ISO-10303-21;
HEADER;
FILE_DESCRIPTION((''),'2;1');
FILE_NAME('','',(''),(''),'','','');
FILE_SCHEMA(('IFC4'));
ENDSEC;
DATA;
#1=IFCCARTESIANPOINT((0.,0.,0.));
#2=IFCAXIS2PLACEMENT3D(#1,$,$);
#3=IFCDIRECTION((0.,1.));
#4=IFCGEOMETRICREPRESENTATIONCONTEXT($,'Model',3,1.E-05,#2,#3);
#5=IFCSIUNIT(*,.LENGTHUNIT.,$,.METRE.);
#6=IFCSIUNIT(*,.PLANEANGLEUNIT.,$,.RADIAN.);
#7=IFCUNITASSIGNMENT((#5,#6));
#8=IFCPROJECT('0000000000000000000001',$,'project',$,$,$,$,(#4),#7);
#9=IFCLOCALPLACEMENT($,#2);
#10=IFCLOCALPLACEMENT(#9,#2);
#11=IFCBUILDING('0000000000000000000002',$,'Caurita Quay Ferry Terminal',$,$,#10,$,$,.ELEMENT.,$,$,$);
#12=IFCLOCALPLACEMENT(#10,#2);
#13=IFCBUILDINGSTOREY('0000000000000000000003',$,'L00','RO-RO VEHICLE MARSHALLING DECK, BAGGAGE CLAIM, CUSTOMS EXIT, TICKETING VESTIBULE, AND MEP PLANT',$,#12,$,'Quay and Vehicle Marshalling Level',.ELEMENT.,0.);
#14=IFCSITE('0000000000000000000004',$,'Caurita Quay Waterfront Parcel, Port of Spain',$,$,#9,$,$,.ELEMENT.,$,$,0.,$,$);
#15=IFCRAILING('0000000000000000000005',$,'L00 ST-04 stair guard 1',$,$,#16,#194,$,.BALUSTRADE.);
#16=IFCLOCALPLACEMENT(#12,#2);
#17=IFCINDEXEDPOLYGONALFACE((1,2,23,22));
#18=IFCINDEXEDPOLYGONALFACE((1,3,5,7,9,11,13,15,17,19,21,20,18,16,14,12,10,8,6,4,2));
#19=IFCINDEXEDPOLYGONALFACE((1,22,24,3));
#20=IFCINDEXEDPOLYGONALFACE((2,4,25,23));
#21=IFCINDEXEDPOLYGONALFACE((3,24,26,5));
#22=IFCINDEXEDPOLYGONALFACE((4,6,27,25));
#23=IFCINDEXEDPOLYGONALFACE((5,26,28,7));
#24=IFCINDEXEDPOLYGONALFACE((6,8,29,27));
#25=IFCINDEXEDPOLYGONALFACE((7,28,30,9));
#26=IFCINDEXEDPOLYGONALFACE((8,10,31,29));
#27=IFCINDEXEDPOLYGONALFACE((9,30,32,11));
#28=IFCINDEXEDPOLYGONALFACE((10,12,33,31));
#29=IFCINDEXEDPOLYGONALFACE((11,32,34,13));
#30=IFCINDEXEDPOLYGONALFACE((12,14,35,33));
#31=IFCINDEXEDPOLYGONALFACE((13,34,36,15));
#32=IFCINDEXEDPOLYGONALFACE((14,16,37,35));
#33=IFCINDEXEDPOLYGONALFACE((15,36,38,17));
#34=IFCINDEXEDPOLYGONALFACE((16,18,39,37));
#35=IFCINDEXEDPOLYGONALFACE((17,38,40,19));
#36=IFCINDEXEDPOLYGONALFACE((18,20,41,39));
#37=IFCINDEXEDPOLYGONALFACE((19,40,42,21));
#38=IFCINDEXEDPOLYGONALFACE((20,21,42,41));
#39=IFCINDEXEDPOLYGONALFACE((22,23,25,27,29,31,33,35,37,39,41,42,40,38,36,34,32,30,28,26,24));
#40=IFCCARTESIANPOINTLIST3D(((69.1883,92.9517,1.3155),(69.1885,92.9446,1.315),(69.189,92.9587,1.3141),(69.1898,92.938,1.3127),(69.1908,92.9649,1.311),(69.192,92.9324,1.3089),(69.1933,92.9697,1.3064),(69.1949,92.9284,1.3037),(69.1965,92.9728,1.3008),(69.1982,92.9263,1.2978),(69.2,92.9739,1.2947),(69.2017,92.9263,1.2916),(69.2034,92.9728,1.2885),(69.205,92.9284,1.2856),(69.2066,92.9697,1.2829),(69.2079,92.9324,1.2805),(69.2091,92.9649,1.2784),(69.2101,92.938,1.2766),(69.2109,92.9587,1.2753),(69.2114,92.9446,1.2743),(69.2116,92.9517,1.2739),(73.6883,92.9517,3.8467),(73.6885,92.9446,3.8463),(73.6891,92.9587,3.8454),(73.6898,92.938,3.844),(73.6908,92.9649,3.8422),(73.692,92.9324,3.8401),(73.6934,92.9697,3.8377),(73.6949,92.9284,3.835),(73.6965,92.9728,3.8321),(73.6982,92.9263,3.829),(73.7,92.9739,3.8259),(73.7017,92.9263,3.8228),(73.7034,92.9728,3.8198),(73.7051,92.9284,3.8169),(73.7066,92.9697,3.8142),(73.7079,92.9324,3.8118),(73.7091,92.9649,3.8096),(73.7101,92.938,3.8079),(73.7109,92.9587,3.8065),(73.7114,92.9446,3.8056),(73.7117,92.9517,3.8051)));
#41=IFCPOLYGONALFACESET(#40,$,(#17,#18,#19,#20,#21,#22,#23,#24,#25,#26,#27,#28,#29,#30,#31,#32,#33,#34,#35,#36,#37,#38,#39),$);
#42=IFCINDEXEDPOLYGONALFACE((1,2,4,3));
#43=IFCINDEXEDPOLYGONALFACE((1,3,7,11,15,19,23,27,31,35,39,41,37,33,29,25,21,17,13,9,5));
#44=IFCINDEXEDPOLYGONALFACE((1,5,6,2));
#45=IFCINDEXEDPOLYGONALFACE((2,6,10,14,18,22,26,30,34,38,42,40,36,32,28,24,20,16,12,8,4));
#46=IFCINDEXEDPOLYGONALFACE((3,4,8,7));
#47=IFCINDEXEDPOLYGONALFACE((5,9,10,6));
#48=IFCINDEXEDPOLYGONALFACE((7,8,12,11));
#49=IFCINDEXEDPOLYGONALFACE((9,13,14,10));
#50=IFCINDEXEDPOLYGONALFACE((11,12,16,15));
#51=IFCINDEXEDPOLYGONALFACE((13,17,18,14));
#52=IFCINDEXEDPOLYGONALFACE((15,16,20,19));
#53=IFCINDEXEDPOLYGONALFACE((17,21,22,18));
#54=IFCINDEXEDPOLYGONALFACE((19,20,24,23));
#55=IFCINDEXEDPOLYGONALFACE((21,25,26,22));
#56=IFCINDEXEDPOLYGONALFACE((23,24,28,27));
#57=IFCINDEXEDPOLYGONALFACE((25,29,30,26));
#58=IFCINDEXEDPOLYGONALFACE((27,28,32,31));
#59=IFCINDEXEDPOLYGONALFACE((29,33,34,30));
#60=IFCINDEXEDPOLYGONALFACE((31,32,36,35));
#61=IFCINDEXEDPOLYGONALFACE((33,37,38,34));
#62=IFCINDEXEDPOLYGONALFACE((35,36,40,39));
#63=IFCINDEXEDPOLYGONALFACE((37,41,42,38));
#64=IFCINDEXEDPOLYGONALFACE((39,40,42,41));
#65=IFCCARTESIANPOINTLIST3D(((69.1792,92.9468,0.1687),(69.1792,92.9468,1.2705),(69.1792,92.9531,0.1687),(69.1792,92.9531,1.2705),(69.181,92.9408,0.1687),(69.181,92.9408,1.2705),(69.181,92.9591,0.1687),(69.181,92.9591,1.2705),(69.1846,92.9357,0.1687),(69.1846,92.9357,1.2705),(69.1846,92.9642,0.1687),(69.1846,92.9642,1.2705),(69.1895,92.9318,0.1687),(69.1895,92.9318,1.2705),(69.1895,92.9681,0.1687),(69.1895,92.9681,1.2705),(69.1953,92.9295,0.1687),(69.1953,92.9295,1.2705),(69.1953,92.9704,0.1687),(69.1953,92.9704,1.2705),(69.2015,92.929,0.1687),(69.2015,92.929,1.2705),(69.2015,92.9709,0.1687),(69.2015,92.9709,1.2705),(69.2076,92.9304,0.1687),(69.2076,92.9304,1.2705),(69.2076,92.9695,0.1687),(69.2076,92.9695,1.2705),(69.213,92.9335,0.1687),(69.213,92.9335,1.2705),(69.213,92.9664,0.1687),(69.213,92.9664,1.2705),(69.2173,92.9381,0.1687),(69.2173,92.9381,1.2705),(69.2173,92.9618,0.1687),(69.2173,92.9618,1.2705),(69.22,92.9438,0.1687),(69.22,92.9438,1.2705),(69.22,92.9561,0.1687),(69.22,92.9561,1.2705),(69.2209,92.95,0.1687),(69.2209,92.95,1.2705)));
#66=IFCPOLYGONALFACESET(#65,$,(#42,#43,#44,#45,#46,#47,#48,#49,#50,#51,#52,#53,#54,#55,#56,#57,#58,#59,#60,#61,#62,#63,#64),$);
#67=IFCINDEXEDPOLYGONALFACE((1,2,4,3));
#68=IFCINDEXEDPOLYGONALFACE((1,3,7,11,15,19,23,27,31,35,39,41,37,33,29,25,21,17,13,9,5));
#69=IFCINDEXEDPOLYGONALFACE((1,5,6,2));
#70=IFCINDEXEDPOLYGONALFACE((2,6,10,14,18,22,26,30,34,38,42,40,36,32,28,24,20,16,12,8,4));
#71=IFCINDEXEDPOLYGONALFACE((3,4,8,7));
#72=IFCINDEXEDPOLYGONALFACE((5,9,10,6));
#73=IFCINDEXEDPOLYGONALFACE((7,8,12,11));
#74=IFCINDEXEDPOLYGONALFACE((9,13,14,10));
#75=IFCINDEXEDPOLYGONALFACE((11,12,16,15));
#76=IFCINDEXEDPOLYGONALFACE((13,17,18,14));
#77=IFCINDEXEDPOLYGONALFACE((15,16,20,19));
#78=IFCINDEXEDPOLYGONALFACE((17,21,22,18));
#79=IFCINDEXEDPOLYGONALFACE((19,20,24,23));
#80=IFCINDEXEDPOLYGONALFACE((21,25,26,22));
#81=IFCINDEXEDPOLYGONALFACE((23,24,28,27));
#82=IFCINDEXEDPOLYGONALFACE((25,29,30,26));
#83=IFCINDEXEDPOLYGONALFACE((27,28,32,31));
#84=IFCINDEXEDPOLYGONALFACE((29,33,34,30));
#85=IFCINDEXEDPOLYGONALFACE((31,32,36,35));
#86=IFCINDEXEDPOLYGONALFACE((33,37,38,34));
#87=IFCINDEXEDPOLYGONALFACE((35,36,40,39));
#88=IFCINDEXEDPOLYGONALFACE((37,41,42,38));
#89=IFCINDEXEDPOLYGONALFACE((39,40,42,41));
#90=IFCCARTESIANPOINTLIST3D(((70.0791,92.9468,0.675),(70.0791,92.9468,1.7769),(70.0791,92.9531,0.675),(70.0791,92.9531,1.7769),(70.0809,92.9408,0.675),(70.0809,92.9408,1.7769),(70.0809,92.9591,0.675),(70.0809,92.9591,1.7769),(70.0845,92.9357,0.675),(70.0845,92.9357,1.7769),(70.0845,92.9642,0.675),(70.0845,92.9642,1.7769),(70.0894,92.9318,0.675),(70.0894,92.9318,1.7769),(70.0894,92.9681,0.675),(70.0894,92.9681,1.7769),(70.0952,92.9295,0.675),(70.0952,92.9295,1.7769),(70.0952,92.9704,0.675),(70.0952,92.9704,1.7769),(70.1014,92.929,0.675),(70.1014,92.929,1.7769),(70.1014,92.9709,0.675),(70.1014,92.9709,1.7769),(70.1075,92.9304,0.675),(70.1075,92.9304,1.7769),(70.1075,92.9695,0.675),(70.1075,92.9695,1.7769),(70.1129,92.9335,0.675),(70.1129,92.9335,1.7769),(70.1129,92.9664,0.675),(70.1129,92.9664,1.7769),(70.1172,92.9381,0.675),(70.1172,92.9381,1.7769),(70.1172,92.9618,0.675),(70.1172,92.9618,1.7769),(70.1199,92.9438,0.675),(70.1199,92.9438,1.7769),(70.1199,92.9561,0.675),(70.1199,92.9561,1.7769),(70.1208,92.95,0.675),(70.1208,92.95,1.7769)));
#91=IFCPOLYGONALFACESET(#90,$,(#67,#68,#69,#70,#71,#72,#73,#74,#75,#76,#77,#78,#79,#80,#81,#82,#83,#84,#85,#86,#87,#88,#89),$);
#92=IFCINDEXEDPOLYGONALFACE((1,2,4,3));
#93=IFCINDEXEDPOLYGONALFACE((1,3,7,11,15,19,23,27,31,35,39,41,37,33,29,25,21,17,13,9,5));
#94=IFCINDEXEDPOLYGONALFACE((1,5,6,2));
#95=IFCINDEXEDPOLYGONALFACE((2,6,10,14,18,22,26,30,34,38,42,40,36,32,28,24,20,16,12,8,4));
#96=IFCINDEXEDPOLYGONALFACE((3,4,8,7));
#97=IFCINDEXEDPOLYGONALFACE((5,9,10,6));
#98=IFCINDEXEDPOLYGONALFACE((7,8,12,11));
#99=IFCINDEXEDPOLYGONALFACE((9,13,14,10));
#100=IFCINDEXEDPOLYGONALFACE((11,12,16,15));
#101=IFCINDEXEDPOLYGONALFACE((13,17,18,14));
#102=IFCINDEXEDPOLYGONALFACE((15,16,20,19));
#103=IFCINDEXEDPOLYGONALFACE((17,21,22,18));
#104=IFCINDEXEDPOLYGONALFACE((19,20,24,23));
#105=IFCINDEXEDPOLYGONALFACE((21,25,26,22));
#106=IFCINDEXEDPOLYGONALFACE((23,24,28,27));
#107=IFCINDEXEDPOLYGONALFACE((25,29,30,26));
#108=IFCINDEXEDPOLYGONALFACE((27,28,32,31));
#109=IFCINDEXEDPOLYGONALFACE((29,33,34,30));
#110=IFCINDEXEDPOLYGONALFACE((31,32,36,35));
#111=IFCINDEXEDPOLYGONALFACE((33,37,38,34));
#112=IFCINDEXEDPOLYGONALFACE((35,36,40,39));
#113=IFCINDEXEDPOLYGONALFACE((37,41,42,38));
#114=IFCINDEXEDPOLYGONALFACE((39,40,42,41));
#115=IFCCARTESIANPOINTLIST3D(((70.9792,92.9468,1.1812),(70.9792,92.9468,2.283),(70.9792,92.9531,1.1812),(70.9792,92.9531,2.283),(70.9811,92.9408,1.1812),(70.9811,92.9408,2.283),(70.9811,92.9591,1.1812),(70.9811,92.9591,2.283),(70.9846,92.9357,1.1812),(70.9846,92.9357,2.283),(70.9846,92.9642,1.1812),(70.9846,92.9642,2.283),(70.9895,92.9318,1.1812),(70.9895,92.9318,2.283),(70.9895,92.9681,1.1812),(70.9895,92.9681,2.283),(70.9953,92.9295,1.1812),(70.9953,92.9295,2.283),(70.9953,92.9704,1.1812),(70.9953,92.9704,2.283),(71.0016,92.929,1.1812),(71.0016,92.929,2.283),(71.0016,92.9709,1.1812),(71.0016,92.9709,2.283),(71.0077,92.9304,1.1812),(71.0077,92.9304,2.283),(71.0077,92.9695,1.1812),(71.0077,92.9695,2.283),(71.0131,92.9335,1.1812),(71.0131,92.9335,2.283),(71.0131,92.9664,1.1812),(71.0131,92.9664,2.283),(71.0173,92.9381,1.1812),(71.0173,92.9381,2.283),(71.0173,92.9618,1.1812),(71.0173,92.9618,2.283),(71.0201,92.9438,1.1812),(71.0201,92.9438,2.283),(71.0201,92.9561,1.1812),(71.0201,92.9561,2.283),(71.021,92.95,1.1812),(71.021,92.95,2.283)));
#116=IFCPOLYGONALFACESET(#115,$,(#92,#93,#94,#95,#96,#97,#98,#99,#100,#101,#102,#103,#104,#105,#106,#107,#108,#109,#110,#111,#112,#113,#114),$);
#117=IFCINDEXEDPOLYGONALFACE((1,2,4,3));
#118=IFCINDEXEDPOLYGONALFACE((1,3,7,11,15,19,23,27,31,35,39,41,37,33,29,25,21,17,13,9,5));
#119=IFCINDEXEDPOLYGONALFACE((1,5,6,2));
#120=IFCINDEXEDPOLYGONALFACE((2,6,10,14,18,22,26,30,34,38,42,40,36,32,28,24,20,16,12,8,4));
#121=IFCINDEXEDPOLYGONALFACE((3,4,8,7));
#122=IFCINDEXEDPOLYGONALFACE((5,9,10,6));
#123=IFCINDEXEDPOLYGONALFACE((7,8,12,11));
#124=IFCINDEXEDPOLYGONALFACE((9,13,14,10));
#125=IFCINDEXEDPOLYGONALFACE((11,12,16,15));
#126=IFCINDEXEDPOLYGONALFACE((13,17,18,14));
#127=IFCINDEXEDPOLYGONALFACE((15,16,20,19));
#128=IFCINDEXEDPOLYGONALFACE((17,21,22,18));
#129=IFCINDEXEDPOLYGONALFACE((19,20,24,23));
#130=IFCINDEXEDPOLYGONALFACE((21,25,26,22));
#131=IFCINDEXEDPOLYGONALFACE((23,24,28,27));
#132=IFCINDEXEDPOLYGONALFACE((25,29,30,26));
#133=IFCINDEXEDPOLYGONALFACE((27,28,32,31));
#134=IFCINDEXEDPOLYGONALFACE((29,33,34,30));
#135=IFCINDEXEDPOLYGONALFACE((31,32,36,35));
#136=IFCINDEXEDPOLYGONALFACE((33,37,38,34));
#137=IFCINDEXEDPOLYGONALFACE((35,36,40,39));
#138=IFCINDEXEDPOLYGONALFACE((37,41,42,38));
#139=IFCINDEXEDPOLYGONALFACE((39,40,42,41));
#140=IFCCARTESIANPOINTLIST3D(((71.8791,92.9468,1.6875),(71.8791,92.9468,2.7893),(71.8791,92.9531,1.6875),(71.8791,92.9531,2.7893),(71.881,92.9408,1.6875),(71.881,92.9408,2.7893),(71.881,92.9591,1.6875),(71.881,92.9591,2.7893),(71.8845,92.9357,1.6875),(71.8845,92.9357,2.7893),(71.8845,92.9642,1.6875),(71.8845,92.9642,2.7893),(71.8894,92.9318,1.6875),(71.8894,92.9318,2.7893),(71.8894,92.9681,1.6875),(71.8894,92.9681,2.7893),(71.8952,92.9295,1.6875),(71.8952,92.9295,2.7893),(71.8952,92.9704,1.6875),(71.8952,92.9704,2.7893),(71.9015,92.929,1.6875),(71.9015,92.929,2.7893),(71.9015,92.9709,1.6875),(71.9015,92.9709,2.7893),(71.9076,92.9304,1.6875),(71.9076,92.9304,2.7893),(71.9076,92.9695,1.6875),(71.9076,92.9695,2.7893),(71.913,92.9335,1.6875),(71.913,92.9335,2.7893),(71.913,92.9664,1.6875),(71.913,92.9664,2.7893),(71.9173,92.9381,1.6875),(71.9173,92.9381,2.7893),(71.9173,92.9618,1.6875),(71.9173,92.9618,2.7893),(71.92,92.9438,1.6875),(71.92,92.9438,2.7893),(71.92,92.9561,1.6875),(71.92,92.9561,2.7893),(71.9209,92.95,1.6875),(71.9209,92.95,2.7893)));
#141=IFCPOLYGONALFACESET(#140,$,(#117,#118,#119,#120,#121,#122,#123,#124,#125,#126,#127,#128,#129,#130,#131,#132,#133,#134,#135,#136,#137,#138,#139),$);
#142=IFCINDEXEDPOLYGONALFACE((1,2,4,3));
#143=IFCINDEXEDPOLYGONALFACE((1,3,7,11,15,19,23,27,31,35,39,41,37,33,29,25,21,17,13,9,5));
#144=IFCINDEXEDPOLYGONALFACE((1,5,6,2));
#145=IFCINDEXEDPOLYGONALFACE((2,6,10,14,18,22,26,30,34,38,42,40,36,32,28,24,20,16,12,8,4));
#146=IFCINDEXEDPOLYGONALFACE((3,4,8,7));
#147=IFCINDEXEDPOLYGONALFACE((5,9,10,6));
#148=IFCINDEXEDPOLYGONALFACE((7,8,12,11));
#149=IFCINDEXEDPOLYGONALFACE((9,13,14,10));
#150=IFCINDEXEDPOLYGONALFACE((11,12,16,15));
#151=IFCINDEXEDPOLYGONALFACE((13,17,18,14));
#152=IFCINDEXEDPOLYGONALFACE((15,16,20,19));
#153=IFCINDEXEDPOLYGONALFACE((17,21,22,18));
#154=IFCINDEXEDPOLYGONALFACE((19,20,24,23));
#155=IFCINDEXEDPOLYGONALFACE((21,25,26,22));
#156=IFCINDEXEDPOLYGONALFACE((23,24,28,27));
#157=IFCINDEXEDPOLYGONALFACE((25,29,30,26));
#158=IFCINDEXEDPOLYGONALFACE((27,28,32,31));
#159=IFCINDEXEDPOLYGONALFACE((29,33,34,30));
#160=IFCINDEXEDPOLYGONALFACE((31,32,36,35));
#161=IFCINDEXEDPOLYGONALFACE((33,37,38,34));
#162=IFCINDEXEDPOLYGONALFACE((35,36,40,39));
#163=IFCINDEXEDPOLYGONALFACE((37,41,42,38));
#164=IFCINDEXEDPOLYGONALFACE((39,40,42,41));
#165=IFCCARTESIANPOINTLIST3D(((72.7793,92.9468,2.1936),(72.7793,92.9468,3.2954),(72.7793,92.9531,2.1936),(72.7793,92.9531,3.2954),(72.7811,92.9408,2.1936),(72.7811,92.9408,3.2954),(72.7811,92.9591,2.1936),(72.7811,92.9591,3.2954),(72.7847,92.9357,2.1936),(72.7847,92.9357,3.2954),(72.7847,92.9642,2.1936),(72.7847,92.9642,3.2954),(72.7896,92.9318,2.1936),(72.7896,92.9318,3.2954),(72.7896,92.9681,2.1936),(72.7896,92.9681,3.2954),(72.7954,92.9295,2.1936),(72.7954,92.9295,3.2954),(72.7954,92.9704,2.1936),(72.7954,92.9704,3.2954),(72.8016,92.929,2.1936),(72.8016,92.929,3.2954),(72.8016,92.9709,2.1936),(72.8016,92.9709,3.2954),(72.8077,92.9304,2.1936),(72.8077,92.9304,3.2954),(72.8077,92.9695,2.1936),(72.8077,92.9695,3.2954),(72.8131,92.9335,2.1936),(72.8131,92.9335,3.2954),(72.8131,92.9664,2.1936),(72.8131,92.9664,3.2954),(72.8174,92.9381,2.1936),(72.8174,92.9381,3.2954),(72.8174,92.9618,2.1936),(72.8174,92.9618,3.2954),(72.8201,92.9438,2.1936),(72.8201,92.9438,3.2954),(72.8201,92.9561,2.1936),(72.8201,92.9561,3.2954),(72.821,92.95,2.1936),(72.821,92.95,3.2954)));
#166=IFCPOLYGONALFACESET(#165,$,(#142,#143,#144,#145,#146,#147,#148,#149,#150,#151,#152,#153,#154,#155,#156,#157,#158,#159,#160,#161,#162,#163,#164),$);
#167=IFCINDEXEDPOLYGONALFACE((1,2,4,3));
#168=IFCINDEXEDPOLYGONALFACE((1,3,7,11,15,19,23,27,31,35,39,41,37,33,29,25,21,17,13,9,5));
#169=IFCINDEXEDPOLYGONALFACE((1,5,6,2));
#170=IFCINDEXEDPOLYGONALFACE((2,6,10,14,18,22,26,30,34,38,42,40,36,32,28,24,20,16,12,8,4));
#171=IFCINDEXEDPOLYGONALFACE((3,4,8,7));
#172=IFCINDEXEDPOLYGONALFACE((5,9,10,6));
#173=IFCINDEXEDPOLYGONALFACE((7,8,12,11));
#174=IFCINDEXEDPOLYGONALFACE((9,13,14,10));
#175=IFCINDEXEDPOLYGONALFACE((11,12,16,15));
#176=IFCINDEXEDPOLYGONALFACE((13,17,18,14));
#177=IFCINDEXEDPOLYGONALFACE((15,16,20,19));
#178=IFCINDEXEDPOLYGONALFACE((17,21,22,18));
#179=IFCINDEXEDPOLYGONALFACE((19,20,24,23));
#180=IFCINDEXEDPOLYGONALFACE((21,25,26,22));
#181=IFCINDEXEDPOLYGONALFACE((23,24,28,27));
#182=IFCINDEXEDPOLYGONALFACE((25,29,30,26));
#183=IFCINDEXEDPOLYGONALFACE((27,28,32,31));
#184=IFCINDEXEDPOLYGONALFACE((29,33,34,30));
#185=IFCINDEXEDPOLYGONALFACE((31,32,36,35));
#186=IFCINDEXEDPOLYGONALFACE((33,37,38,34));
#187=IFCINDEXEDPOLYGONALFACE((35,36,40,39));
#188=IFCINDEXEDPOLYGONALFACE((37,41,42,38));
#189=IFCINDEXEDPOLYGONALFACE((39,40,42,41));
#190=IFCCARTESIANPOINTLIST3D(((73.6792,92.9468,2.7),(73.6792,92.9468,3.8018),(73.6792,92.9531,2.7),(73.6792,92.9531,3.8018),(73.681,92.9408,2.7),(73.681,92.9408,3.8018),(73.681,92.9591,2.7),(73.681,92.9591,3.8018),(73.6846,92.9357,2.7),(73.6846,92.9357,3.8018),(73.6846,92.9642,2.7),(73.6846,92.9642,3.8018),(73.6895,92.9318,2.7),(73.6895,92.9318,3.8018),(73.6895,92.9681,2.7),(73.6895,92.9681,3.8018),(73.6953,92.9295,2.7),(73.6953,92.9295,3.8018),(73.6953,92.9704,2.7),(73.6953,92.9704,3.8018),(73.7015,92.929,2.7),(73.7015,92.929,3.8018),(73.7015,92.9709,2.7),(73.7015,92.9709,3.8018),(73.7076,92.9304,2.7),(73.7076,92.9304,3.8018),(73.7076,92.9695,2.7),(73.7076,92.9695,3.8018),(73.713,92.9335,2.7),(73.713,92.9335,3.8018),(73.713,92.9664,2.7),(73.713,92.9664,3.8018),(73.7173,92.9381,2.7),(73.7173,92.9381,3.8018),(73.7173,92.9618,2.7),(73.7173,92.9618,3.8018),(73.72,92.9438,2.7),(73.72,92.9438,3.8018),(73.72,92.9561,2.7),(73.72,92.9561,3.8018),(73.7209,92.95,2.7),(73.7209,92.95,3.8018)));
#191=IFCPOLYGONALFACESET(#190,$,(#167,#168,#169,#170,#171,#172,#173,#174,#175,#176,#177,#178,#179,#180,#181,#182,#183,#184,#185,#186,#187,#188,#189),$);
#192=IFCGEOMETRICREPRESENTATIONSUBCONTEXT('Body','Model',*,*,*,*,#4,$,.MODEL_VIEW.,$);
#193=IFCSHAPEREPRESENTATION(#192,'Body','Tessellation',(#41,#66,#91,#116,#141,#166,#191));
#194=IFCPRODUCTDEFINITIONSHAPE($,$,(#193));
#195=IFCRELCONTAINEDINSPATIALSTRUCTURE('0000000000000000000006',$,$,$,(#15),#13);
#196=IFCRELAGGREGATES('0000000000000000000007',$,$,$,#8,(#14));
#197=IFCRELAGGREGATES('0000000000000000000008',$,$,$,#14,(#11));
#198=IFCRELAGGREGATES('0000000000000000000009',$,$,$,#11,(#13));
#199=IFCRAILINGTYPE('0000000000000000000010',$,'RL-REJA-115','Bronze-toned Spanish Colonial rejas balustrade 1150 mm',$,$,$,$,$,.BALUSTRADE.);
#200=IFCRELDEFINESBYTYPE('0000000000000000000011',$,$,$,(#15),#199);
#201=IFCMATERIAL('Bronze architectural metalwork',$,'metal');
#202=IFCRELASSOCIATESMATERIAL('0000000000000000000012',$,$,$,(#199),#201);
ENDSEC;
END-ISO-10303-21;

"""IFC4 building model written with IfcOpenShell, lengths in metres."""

from ifc_helpers import new_model, si_unit, direction, frame, origin, origin_2d, place, context, subcontext, project, spatial, circle, extrude, material, type_object, element, save


model = new_model("IFC4")

# Units and contexts
model_context = context("Model", 3, precision=1e-05, world=origin(), true_north=direction((0.0, 1.0)))
body_context = subcontext(model_context, "Body", "Model", "MODEL_VIEW")
ifc_project = project(units=[si_unit("LENGTHUNIT", "METRE"), si_unit("PLANEANGLEUNIT", "RADIAN")], contexts=[model_context])

# Site, building, storey
site_placement = place(None, origin())
site = spatial("IfcSite", under=ifc_project, at=site_placement, Name="Caurita Quay Waterfront Parcel, Port of Spain", CompositionType="ELEMENT", RefElevation=0.0)
building_placement = place(site_placement, origin())
building = spatial("IfcBuilding", under=site, at=building_placement, Name="Caurita Quay Ferry Terminal", CompositionType="ELEMENT")
storey_placement = place(building_placement, origin())
storey = spatial("IfcBuildingStorey", under=building, at=storey_placement, Name="L00", Description="RO-RO VEHICLE MARSHALLING DECK, BAGGAGE CLAIM, CUSTOMS EXIT, TICKETING VESTIBULE, AND MEP PLANT", LongName="Quay and Vehicle Marshalling Level", CompositionType="ELEMENT", Elevation=0.0)

# Railing
ifc_material_1 = material(Name="Bronze architectural metalwork", Category="metal")
railing_type_1 = type_object("IfcRailingType", Name="RL-REJA-115", Description="Bronze-toned Spanish Colonial rejas balustrade 1150 mm", PredefinedType="BALUSTRADE", material=ifc_material_1)
railing_1_placement = place(storey_placement, frame((69.2, 92.95, 0.1687)))
element("IfcRailing", 1, at=railing_1_placement, inside=storey, type_object=railing_type_1, Name="L00 ST-04 stair guard 1", PredefinedType="BALUSTRADE", context=body_context, shape_type="SweptSolid", body=[
    extrude(circle(Radius=0.0239, at=origin_2d()), frame((0.0, 0.0, 1.126), z_axis=(0.871576, 0.0, 0.490261), x_axis=(0.0, 1.0, 0.0)), (0.0, 0.0, 1.0), 5.1631),
    extrude(circle(Radius=0.021, at=origin_2d()), origin(), (0.0, 0.0, 1.0), 1.1018),
    extrude(circle(Radius=0.021, at=origin_2d()), frame((0.8999, 0.0, 0.5063)), (0.0, 0.0, 1.0), 1.1018),
    extrude(circle(Radius=0.021, at=origin_2d()), frame((1.8, 0.0, 1.0125)), (0.0, 0.0, 1.0), 1.1018),
    extrude(circle(Radius=0.021, at=origin_2d()), frame((2.7, 0.0, 1.5188)), (0.0, 0.0, 1.0), 1.1018),
    extrude(circle(Radius=0.021, at=origin_2d()), frame((3.6001, 0.0, 2.0249)), (0.0, 0.0, 1.0), 1.1018),
    extrude(circle(Radius=0.021, at=origin_2d()), frame((4.5, 0.0, 2.5312)), (0.0, 0.0, 1.0), 1.1018),
])

save(model, "model.ifc")
